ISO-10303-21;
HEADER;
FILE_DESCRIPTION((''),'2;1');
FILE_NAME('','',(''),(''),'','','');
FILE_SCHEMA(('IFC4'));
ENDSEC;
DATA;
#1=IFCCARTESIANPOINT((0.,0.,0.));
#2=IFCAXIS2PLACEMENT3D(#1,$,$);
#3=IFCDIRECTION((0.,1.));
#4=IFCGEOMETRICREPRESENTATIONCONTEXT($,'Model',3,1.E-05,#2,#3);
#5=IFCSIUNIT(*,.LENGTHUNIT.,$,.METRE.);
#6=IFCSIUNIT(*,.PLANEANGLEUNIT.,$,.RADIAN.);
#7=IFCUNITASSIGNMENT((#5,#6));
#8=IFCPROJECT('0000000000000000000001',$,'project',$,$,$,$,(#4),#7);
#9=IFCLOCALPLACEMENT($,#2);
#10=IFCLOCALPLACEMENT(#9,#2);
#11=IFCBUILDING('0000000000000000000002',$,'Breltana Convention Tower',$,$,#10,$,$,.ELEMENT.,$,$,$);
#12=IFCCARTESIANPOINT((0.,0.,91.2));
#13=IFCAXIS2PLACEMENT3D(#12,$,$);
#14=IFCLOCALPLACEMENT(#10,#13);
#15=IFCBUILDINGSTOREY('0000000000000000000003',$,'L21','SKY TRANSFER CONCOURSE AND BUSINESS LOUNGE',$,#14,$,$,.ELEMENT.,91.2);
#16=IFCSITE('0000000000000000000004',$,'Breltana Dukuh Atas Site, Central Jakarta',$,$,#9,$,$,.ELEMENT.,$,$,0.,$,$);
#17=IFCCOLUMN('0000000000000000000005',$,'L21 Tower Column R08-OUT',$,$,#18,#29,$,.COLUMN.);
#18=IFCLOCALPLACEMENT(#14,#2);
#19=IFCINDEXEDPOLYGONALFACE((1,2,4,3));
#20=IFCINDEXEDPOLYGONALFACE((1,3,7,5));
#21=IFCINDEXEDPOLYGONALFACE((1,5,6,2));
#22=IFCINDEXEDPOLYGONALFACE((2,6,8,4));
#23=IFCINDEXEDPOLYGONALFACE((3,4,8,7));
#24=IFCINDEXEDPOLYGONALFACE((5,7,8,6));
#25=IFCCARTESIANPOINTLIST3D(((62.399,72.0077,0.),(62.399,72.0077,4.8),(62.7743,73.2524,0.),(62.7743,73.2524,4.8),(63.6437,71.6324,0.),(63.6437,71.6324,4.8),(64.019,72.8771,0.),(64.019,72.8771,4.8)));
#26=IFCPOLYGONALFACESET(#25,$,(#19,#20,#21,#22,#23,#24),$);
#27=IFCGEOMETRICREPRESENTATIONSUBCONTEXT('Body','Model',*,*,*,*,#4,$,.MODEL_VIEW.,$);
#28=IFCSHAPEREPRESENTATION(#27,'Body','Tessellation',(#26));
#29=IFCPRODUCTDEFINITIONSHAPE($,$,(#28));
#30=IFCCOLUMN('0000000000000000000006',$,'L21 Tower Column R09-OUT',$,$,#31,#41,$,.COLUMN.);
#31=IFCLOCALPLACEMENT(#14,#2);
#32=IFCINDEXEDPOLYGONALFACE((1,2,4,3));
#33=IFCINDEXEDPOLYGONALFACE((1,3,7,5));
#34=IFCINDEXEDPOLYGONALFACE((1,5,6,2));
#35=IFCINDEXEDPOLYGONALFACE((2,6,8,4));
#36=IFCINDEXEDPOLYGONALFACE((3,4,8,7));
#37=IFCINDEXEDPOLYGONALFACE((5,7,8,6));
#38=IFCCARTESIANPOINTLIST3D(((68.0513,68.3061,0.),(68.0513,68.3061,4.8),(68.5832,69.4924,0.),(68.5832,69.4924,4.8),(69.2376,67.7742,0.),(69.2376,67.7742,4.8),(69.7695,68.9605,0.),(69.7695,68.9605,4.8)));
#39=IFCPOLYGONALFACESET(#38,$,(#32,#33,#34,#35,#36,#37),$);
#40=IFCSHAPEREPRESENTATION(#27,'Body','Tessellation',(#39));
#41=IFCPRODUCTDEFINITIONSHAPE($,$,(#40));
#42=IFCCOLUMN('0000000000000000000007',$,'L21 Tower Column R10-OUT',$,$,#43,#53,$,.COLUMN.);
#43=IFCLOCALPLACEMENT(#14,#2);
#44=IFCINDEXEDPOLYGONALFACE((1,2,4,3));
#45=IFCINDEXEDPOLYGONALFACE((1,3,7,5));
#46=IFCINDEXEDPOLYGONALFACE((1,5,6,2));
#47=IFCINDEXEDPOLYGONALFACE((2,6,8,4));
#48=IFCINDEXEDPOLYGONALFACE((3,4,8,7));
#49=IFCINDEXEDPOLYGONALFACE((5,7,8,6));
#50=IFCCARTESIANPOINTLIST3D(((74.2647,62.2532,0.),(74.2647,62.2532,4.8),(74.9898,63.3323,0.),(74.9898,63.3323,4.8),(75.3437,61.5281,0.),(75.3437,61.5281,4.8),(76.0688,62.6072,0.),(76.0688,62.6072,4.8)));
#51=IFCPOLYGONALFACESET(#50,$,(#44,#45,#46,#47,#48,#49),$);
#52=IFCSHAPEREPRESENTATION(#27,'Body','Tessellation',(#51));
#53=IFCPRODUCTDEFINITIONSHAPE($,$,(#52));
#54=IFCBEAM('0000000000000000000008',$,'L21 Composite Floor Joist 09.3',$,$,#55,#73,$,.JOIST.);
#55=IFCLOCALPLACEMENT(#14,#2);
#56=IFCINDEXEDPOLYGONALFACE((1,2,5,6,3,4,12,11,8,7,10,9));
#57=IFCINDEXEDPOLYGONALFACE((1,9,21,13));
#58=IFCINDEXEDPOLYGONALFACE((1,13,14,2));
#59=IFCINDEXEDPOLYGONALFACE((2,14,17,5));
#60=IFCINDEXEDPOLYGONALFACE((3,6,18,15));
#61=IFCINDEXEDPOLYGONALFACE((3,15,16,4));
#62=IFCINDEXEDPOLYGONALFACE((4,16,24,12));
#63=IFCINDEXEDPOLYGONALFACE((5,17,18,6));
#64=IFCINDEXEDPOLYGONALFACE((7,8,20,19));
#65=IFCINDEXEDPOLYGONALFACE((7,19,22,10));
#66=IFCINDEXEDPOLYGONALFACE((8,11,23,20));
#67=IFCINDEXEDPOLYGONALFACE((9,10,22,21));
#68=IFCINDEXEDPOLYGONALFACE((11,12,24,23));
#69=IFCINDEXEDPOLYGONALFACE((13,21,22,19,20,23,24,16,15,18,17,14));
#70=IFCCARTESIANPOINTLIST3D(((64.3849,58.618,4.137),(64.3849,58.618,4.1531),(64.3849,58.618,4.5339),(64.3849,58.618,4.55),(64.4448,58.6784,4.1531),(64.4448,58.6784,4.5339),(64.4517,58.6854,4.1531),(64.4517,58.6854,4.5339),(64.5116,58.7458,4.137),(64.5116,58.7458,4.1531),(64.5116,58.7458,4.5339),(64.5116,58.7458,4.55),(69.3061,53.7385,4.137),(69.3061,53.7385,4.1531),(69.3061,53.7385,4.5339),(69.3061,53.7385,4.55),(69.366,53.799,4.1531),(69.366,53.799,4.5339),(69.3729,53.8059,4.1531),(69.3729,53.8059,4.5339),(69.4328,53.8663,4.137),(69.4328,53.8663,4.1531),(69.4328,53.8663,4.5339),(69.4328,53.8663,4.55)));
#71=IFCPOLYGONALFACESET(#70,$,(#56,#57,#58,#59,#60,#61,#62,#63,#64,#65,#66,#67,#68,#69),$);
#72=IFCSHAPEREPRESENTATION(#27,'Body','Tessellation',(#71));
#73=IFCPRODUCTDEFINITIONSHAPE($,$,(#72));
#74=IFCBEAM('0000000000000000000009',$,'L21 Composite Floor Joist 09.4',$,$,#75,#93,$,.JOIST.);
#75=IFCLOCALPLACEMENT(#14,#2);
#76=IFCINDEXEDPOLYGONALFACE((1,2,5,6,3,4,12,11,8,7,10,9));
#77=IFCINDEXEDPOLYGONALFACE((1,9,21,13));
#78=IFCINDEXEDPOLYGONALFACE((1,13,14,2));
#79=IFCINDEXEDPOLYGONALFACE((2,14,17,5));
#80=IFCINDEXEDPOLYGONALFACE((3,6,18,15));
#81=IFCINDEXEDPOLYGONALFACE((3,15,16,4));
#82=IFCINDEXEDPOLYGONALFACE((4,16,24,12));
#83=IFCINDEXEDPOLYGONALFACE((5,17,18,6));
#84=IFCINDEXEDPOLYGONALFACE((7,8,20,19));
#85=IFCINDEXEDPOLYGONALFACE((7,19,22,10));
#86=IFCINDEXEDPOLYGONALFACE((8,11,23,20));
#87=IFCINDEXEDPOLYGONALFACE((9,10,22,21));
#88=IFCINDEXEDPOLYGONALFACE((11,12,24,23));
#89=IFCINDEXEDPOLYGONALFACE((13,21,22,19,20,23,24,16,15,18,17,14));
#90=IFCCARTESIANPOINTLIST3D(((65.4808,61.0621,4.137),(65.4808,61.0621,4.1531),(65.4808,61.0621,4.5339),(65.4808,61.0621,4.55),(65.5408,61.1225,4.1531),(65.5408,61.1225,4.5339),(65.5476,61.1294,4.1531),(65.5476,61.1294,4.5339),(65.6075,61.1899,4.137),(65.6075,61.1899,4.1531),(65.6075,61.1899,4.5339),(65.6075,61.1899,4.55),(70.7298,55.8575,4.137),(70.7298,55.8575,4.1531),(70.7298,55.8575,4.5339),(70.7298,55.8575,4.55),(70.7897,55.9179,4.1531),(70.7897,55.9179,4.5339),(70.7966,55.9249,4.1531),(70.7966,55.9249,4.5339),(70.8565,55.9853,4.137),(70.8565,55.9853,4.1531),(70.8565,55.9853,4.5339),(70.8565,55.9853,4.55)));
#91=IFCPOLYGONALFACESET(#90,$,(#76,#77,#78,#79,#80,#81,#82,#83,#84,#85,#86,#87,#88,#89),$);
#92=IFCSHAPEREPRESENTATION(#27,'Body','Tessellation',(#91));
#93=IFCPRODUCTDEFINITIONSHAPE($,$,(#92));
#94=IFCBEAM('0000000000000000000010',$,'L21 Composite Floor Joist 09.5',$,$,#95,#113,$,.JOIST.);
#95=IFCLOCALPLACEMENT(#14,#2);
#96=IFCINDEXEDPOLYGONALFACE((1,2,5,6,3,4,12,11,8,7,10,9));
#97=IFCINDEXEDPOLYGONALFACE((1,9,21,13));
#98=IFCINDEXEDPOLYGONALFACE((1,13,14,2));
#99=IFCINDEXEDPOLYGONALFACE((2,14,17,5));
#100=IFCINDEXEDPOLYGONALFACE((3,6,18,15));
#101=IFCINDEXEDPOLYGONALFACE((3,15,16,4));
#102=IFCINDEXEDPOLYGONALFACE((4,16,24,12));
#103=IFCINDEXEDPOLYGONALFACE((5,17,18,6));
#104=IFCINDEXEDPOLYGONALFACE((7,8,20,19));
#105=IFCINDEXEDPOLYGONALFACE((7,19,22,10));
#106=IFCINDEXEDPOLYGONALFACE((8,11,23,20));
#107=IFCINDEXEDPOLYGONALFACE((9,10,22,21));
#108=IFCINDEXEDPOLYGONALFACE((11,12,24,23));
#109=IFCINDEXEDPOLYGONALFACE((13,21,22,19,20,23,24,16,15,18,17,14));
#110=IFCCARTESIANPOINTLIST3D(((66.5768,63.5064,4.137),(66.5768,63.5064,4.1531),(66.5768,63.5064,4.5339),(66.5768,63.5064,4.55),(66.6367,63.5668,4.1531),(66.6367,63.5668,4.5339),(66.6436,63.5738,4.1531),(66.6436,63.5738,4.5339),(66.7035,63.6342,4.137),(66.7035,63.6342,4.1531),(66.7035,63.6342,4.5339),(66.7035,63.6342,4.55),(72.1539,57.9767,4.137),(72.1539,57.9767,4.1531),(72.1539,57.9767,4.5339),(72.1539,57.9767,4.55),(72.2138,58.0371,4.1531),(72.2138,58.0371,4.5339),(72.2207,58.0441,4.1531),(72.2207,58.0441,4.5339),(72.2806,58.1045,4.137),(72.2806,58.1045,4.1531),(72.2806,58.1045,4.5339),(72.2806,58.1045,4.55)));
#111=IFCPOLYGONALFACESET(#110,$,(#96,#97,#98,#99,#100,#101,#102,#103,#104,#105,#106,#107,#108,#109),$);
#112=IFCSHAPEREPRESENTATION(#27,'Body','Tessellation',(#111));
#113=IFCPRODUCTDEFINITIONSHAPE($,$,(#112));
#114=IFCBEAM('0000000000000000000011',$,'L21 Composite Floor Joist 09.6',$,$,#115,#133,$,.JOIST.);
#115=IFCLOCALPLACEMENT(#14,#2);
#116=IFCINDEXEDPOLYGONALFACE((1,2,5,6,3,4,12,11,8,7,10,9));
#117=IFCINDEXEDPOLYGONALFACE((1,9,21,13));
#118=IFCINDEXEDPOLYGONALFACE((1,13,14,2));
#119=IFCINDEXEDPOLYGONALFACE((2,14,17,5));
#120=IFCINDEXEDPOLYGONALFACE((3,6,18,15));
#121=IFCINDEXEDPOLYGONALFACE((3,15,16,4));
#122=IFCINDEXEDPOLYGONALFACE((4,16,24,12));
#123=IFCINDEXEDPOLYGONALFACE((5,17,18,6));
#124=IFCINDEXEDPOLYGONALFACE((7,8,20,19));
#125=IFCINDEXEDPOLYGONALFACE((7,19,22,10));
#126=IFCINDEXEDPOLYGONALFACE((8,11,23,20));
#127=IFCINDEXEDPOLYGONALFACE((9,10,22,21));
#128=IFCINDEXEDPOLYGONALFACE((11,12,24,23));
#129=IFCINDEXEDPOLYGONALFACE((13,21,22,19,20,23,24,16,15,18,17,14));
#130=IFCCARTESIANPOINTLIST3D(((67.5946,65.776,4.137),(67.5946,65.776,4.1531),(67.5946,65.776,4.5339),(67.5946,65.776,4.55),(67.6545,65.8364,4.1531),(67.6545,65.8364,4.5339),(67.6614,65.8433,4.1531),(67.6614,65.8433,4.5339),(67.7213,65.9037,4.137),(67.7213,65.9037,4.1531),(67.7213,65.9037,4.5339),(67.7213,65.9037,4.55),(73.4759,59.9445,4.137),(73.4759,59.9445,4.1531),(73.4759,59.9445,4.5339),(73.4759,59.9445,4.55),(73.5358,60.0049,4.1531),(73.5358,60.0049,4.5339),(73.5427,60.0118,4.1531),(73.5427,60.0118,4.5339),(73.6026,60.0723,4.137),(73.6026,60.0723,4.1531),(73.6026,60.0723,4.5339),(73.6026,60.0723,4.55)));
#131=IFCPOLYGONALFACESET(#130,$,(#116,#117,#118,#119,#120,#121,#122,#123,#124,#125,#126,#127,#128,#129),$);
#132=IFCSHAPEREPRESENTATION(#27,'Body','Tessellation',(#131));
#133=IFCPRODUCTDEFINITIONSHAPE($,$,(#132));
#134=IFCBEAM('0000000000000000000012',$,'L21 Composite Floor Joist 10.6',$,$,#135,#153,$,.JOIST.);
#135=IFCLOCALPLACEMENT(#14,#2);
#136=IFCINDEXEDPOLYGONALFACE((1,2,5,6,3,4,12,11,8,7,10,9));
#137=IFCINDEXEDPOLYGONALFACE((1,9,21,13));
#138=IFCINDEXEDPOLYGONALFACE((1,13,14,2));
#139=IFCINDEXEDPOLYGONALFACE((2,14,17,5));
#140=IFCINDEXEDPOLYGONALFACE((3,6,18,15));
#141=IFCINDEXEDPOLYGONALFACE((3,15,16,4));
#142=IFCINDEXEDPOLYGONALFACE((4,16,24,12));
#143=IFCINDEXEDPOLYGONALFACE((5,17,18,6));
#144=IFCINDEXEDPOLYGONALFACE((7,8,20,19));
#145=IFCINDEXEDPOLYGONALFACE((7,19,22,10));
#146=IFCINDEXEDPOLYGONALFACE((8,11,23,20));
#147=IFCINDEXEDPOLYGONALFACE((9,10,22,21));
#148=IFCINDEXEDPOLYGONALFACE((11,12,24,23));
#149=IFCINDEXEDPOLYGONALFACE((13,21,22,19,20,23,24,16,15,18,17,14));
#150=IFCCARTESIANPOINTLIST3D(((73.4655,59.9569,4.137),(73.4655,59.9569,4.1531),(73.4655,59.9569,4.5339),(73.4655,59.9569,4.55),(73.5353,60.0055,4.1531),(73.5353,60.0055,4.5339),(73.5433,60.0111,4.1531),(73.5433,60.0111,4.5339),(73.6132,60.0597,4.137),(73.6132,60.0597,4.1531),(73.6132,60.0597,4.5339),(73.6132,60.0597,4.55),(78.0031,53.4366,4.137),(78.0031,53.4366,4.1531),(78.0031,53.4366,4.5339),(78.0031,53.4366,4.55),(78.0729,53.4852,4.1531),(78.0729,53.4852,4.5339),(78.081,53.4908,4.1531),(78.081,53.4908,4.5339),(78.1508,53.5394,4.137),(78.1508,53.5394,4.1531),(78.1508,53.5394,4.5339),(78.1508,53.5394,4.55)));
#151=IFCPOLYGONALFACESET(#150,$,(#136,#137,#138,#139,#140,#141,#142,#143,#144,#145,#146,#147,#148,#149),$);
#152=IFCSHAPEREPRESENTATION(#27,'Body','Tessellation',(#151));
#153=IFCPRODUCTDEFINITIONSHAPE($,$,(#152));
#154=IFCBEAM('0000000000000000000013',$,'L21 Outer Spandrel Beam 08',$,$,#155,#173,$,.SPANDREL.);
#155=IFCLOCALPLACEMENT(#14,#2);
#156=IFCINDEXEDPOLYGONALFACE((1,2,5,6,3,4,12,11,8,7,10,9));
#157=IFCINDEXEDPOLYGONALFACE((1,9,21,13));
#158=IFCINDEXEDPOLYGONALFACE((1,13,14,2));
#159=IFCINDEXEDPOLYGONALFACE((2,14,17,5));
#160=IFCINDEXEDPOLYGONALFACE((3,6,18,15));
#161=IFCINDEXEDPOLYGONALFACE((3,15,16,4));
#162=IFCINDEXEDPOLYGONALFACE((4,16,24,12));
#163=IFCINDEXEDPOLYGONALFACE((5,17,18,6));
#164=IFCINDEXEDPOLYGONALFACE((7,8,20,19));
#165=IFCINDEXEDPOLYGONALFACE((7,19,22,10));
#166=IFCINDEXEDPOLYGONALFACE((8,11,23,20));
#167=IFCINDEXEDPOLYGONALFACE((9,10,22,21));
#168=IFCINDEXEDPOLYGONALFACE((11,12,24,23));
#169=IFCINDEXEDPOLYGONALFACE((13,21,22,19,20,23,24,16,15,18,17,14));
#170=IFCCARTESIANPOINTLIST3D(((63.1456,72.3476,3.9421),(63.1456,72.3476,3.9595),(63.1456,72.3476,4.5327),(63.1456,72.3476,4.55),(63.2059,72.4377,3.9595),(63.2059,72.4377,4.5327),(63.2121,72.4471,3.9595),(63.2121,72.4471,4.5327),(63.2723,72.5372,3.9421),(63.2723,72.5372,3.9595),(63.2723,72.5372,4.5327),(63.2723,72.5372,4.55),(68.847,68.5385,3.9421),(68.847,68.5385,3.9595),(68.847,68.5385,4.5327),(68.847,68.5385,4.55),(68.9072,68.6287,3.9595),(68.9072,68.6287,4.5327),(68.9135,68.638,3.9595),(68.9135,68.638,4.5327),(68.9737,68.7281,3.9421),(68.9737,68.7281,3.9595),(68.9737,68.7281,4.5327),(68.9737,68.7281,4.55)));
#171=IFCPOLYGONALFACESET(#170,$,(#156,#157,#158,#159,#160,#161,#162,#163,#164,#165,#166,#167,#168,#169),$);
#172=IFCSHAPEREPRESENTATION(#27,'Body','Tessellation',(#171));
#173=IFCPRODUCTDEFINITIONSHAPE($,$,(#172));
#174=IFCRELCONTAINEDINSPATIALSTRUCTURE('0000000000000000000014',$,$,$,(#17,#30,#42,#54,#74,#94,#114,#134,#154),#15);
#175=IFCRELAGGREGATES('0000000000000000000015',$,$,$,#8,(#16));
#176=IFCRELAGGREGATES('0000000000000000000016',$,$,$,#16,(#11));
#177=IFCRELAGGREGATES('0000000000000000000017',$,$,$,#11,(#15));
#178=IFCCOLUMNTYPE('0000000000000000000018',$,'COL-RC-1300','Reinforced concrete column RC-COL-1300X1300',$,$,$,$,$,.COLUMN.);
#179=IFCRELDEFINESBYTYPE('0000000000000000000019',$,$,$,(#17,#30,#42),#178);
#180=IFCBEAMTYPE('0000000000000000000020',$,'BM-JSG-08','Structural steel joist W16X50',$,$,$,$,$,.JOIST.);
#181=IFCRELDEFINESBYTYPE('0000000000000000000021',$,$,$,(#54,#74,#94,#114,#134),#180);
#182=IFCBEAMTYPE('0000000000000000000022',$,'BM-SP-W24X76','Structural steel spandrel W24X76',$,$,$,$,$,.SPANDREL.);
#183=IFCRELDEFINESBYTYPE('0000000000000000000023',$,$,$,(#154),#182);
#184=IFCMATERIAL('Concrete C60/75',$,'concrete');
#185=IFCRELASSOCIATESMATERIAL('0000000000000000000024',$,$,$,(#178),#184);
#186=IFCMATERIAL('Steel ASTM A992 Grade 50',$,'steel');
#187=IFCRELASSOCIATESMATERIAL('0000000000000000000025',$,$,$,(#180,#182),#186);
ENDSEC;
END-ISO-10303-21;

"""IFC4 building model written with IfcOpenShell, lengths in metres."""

from ifc_helpers import new_model, si_unit, direction, frame, origin, origin_2d, place, context, subcontext, project, spatial, rectangle, i_section, extrude, source, transform, mapped, material, material_profile, profile_set, type_object, element, save


model = new_model("IFC4")

# Units and contexts
model_context = context("Model", 3, precision=1e-05, world=origin(), true_north=direction((0.0, 1.0)))
body_context = subcontext(model_context, "Body", "Model", "MODEL_VIEW")
ifc_project = project(units=[si_unit("LENGTHUNIT", "METRE"), si_unit("PLANEANGLEUNIT", "RADIAN")], contexts=[model_context])

# Site, building, storey
site_placement = place(None, origin())
site = spatial("IfcSite", under=ifc_project, at=site_placement, Name="Breltana Dukuh Atas Site, Central Jakarta", CompositionType="ELEMENT", RefElevation=0.0)
building_placement = place(site_placement, origin())
building = spatial("IfcBuilding", under=site, at=building_placement, Name="Breltana Convention Tower", CompositionType="ELEMENT")
storey_placement = place(building_placement, frame((0.0, 0.0, 91.2)))
storey = spatial("IfcBuildingStorey", under=building, at=storey_placement, Name="L21", Description="SKY TRANSFER CONCOURSE AND BUSINESS LOUNGE", CompositionType="ELEMENT", Elevation=91.2)

# Columns
ifc_material_1 = material(Name="Concrete C60/75", Category="concrete")
ifc_material_profile_1 = material_profile(ifc_material_1, rectangle(XDim=1.3, YDim=1.3, at=origin_2d()), Name="RC-COL-1300X1300")
ifc_profile_set_1 = profile_set([ifc_material_profile_1], Name="Concrete C60/75")
column_type = type_object("IfcColumnType", Name="COL-RC-1300", Description="Reinforced concrete column RC-COL-1300X1300", PredefinedType="COLUMN", material=ifc_profile_set_1)
shared_shape_1 = source(origin(), body_context, "Body", "SweptSolid", [
    extrude(rectangle(XDim=1.3, YDim=1.3, at=origin_2d()), origin(), (0.0, 0.0, 1.0), 4.8),
])
for number, where, z_axis, x_axis, name in (
    (1, (63.209, 72.4424, 0.0), (0.0, 0.0, 1.0), (0.288698, 0.95742, 0.0), "L21 Tower Column R08-OUT"),
    (2, (68.9104, 68.6333, 0.0), (0.0, 0.0, 1.0), (0.409127, 0.912477, 0.0), "L21 Tower Column R09-OUT"),
    (3, (75.1667, 62.4302, 0.0), (0.0, 0.0, 1.0), (0.557745, 0.830012, 0.0), "L21 Tower Column R10-OUT"),
):
    element("IfcColumn", number, at=place(storey_placement, frame(where, z_axis=z_axis, x_axis=x_axis)), inside=storey, type_object=column_type, Name=name, PredefinedType="COLUMN", context=body_context, shape_type="MappedRepresentation", body=[
        mapped(shared_shape_1, transform((0.0, 0.0, 0.0), scale=1.0)),
    ])

# Beams
ifc_material_2 = material(Name="Steel ASTM A992 Grade 50", Category="steel")
ifc_material_profile_2 = material_profile(ifc_material_2, i_section(OverallWidth=0.1799, OverallDepth=0.4131, WebThickness=0.0098, FlangeThickness=0.0161, at=origin_2d()), Name="W16X50")
ifc_profile_set_2 = profile_set([ifc_material_profile_2], Name="Steel ASTM A992 Grade 50")
beam_type_1 = type_object("IfcBeamType", Name="BM-JSG-08", Description="Structural steel joist W16X50", PredefinedType="JOIST", material=ifc_profile_set_2)
shared_shape_2 = source(origin(), body_context, "Body", "SweptSolid", [
    extrude(i_section(OverallWidth=0.1799, OverallDepth=0.4131, WebThickness=0.0098, FlangeThickness=0.0161, at=origin_2d()), origin(), (0.0, 0.0, 1.0), 6.9302),
])
beam_1_placement = place(storey_placement, frame((64.4482, 58.6819, 4.3435), z_axis=(0.710112, -0.704088, 0.0), x_axis=(0.704088, 0.710112, 0.0)))
element("IfcBeam", 4, at=beam_1_placement, inside=storey, type_object=beam_type_1, Name="L21 Composite Floor Joist 09.3", PredefinedType="JOIST", context=body_context, shape_type="MappedRepresentation", body=[
    mapped(shared_shape_2, transform((0.0, 0.0, 0.0), scale=1.0)),
])
shared_shape_3 = source(origin(), body_context, "Body", "SweptSolid", [
    extrude(i_section(OverallWidth=0.1799, OverallDepth=0.4131, WebThickness=0.0098, FlangeThickness=0.0161, at=origin_2d()), origin(), (0.0, 0.0, 1.0), 7.3918),
])
beam_2_placement = place(storey_placement, frame((65.5442, 61.126, 4.3435), z_axis=(0.710106, -0.704095, 0.0), x_axis=(0.704095, 0.710106, 0.0)))
element("IfcBeam", 5, at=beam_2_placement, inside=storey, type_object=beam_type_1, Name="L21 Composite Floor Joist 09.4", PredefinedType="JOIST", context=body_context, shape_type="MappedRepresentation", body=[
    mapped(shared_shape_3, transform((0.0, 0.0, 0.0), scale=1.0)),
])
shared_shape_4 = source(origin(), body_context, "Body", "SweptSolid", [
    extrude(i_section(OverallWidth=0.1799, OverallDepth=0.4131, WebThickness=0.0098, FlangeThickness=0.0161, at=origin_2d()), origin(), (0.0, 0.0, 1.0), 7.8538),
])
beam_3_placement = place(storey_placement, frame((66.6401, 63.5703, 4.3435), z_axis=(0.710116, -0.704085, 0.0), x_axis=(0.704085, 0.710116, 0.0)))
element("IfcBeam", 6, at=beam_3_placement, inside=storey, type_object=beam_type_1, Name="L21 Composite Floor Joist 09.5", PredefinedType="JOIST", context=body_context, shape_type="MappedRepresentation", body=[
    mapped(shared_shape_4, transform((0.0, 0.0, 0.0), scale=1.0)),
])
shared_shape_5 = source(origin(), body_context, "Body", "SweptSolid", [
    extrude(i_section(OverallWidth=0.1799, OverallDepth=0.4131, WebThickness=0.0098, FlangeThickness=0.0161, at=origin_2d()), origin(), (0.0, 0.0, 1.0), 8.2822),
])
beam_4_placement = place(storey_placement, frame((67.658, 65.8398, 4.3435), z_axis=(0.710107, -0.704094, 0.0), x_axis=(0.704094, 0.710107, 0.0)))
element("IfcBeam", 7, at=beam_4_placement, inside=storey, type_object=beam_type_1, Name="L21 Composite Floor Joist 09.6", PredefinedType="JOIST", context=body_context, shape_type="MappedRepresentation", body=[
    mapped(shared_shape_5, transform((0.0, 0.0, 0.0), scale=1.0)),
])
shared_shape_6 = source(origin(), body_context, "Body", "SweptSolid", [
    extrude(i_section(OverallWidth=0.1799, OverallDepth=0.4131, WebThickness=0.0098, FlangeThickness=0.0161, at=origin_2d()), origin(), (0.0, 0.0, 1.0), 7.9438),
])
beam_5_placement = place(storey_placement, frame((73.5393, 60.0083, 4.3435), z_axis=(0.571214, -0.820801, 0.0), x_axis=(0.820801, 0.571214, 0.0)))
element("IfcBeam", 8, at=beam_5_placement, inside=storey, type_object=beam_type_1, Name="L21 Composite Floor Joist 10.6", PredefinedType="JOIST", context=body_context, shape_type="MappedRepresentation", body=[
    mapped(shared_shape_6, transform((0.0, 0.0, 0.0), scale=1.0)),
])
ifc_material_profile_3 = material_profile(ifc_material_2, i_section(OverallWidth=0.228, OverallDepth=0.6079, WebThickness=0.0112, FlangeThickness=0.0173, at=origin_2d()), Name="W24X76")
ifc_profile_set_3 = profile_set([ifc_material_profile_3], Name="Steel ASTM A992 Grade 50")
beam_type_2 = type_object("IfcBeamType", Name="BM-SP-W24X76", Description="Structural steel spandrel W24X76", PredefinedType="SPANDREL", material=ifc_profile_set_3)
shared_shape_7 = source(origin(), body_context, "Body", "SweptSolid", [
    extrude(i_section(OverallWidth=0.228, OverallDepth=0.6079, WebThickness=0.0112, FlangeThickness=0.0173, at=origin_2d()), origin(), (0.0, 0.0, 1.0), 6.8567),
])
beam_6_placement = place(storey_placement, frame((63.209, 72.4424, 4.2461), z_axis=(0.831502, -0.555522, 0.0), x_axis=(0.555522, 0.831502, 0.0)))
element("IfcBeam", 9, at=beam_6_placement, inside=storey, type_object=beam_type_2, Name="L21 Outer Spandrel Beam 08", PredefinedType="SPANDREL", context=body_context, shape_type="MappedRepresentation", body=[
    mapped(shared_shape_7, transform((0.0, 0.0, 0.0), scale=1.0)),
])

save(model, "model.ifc")
